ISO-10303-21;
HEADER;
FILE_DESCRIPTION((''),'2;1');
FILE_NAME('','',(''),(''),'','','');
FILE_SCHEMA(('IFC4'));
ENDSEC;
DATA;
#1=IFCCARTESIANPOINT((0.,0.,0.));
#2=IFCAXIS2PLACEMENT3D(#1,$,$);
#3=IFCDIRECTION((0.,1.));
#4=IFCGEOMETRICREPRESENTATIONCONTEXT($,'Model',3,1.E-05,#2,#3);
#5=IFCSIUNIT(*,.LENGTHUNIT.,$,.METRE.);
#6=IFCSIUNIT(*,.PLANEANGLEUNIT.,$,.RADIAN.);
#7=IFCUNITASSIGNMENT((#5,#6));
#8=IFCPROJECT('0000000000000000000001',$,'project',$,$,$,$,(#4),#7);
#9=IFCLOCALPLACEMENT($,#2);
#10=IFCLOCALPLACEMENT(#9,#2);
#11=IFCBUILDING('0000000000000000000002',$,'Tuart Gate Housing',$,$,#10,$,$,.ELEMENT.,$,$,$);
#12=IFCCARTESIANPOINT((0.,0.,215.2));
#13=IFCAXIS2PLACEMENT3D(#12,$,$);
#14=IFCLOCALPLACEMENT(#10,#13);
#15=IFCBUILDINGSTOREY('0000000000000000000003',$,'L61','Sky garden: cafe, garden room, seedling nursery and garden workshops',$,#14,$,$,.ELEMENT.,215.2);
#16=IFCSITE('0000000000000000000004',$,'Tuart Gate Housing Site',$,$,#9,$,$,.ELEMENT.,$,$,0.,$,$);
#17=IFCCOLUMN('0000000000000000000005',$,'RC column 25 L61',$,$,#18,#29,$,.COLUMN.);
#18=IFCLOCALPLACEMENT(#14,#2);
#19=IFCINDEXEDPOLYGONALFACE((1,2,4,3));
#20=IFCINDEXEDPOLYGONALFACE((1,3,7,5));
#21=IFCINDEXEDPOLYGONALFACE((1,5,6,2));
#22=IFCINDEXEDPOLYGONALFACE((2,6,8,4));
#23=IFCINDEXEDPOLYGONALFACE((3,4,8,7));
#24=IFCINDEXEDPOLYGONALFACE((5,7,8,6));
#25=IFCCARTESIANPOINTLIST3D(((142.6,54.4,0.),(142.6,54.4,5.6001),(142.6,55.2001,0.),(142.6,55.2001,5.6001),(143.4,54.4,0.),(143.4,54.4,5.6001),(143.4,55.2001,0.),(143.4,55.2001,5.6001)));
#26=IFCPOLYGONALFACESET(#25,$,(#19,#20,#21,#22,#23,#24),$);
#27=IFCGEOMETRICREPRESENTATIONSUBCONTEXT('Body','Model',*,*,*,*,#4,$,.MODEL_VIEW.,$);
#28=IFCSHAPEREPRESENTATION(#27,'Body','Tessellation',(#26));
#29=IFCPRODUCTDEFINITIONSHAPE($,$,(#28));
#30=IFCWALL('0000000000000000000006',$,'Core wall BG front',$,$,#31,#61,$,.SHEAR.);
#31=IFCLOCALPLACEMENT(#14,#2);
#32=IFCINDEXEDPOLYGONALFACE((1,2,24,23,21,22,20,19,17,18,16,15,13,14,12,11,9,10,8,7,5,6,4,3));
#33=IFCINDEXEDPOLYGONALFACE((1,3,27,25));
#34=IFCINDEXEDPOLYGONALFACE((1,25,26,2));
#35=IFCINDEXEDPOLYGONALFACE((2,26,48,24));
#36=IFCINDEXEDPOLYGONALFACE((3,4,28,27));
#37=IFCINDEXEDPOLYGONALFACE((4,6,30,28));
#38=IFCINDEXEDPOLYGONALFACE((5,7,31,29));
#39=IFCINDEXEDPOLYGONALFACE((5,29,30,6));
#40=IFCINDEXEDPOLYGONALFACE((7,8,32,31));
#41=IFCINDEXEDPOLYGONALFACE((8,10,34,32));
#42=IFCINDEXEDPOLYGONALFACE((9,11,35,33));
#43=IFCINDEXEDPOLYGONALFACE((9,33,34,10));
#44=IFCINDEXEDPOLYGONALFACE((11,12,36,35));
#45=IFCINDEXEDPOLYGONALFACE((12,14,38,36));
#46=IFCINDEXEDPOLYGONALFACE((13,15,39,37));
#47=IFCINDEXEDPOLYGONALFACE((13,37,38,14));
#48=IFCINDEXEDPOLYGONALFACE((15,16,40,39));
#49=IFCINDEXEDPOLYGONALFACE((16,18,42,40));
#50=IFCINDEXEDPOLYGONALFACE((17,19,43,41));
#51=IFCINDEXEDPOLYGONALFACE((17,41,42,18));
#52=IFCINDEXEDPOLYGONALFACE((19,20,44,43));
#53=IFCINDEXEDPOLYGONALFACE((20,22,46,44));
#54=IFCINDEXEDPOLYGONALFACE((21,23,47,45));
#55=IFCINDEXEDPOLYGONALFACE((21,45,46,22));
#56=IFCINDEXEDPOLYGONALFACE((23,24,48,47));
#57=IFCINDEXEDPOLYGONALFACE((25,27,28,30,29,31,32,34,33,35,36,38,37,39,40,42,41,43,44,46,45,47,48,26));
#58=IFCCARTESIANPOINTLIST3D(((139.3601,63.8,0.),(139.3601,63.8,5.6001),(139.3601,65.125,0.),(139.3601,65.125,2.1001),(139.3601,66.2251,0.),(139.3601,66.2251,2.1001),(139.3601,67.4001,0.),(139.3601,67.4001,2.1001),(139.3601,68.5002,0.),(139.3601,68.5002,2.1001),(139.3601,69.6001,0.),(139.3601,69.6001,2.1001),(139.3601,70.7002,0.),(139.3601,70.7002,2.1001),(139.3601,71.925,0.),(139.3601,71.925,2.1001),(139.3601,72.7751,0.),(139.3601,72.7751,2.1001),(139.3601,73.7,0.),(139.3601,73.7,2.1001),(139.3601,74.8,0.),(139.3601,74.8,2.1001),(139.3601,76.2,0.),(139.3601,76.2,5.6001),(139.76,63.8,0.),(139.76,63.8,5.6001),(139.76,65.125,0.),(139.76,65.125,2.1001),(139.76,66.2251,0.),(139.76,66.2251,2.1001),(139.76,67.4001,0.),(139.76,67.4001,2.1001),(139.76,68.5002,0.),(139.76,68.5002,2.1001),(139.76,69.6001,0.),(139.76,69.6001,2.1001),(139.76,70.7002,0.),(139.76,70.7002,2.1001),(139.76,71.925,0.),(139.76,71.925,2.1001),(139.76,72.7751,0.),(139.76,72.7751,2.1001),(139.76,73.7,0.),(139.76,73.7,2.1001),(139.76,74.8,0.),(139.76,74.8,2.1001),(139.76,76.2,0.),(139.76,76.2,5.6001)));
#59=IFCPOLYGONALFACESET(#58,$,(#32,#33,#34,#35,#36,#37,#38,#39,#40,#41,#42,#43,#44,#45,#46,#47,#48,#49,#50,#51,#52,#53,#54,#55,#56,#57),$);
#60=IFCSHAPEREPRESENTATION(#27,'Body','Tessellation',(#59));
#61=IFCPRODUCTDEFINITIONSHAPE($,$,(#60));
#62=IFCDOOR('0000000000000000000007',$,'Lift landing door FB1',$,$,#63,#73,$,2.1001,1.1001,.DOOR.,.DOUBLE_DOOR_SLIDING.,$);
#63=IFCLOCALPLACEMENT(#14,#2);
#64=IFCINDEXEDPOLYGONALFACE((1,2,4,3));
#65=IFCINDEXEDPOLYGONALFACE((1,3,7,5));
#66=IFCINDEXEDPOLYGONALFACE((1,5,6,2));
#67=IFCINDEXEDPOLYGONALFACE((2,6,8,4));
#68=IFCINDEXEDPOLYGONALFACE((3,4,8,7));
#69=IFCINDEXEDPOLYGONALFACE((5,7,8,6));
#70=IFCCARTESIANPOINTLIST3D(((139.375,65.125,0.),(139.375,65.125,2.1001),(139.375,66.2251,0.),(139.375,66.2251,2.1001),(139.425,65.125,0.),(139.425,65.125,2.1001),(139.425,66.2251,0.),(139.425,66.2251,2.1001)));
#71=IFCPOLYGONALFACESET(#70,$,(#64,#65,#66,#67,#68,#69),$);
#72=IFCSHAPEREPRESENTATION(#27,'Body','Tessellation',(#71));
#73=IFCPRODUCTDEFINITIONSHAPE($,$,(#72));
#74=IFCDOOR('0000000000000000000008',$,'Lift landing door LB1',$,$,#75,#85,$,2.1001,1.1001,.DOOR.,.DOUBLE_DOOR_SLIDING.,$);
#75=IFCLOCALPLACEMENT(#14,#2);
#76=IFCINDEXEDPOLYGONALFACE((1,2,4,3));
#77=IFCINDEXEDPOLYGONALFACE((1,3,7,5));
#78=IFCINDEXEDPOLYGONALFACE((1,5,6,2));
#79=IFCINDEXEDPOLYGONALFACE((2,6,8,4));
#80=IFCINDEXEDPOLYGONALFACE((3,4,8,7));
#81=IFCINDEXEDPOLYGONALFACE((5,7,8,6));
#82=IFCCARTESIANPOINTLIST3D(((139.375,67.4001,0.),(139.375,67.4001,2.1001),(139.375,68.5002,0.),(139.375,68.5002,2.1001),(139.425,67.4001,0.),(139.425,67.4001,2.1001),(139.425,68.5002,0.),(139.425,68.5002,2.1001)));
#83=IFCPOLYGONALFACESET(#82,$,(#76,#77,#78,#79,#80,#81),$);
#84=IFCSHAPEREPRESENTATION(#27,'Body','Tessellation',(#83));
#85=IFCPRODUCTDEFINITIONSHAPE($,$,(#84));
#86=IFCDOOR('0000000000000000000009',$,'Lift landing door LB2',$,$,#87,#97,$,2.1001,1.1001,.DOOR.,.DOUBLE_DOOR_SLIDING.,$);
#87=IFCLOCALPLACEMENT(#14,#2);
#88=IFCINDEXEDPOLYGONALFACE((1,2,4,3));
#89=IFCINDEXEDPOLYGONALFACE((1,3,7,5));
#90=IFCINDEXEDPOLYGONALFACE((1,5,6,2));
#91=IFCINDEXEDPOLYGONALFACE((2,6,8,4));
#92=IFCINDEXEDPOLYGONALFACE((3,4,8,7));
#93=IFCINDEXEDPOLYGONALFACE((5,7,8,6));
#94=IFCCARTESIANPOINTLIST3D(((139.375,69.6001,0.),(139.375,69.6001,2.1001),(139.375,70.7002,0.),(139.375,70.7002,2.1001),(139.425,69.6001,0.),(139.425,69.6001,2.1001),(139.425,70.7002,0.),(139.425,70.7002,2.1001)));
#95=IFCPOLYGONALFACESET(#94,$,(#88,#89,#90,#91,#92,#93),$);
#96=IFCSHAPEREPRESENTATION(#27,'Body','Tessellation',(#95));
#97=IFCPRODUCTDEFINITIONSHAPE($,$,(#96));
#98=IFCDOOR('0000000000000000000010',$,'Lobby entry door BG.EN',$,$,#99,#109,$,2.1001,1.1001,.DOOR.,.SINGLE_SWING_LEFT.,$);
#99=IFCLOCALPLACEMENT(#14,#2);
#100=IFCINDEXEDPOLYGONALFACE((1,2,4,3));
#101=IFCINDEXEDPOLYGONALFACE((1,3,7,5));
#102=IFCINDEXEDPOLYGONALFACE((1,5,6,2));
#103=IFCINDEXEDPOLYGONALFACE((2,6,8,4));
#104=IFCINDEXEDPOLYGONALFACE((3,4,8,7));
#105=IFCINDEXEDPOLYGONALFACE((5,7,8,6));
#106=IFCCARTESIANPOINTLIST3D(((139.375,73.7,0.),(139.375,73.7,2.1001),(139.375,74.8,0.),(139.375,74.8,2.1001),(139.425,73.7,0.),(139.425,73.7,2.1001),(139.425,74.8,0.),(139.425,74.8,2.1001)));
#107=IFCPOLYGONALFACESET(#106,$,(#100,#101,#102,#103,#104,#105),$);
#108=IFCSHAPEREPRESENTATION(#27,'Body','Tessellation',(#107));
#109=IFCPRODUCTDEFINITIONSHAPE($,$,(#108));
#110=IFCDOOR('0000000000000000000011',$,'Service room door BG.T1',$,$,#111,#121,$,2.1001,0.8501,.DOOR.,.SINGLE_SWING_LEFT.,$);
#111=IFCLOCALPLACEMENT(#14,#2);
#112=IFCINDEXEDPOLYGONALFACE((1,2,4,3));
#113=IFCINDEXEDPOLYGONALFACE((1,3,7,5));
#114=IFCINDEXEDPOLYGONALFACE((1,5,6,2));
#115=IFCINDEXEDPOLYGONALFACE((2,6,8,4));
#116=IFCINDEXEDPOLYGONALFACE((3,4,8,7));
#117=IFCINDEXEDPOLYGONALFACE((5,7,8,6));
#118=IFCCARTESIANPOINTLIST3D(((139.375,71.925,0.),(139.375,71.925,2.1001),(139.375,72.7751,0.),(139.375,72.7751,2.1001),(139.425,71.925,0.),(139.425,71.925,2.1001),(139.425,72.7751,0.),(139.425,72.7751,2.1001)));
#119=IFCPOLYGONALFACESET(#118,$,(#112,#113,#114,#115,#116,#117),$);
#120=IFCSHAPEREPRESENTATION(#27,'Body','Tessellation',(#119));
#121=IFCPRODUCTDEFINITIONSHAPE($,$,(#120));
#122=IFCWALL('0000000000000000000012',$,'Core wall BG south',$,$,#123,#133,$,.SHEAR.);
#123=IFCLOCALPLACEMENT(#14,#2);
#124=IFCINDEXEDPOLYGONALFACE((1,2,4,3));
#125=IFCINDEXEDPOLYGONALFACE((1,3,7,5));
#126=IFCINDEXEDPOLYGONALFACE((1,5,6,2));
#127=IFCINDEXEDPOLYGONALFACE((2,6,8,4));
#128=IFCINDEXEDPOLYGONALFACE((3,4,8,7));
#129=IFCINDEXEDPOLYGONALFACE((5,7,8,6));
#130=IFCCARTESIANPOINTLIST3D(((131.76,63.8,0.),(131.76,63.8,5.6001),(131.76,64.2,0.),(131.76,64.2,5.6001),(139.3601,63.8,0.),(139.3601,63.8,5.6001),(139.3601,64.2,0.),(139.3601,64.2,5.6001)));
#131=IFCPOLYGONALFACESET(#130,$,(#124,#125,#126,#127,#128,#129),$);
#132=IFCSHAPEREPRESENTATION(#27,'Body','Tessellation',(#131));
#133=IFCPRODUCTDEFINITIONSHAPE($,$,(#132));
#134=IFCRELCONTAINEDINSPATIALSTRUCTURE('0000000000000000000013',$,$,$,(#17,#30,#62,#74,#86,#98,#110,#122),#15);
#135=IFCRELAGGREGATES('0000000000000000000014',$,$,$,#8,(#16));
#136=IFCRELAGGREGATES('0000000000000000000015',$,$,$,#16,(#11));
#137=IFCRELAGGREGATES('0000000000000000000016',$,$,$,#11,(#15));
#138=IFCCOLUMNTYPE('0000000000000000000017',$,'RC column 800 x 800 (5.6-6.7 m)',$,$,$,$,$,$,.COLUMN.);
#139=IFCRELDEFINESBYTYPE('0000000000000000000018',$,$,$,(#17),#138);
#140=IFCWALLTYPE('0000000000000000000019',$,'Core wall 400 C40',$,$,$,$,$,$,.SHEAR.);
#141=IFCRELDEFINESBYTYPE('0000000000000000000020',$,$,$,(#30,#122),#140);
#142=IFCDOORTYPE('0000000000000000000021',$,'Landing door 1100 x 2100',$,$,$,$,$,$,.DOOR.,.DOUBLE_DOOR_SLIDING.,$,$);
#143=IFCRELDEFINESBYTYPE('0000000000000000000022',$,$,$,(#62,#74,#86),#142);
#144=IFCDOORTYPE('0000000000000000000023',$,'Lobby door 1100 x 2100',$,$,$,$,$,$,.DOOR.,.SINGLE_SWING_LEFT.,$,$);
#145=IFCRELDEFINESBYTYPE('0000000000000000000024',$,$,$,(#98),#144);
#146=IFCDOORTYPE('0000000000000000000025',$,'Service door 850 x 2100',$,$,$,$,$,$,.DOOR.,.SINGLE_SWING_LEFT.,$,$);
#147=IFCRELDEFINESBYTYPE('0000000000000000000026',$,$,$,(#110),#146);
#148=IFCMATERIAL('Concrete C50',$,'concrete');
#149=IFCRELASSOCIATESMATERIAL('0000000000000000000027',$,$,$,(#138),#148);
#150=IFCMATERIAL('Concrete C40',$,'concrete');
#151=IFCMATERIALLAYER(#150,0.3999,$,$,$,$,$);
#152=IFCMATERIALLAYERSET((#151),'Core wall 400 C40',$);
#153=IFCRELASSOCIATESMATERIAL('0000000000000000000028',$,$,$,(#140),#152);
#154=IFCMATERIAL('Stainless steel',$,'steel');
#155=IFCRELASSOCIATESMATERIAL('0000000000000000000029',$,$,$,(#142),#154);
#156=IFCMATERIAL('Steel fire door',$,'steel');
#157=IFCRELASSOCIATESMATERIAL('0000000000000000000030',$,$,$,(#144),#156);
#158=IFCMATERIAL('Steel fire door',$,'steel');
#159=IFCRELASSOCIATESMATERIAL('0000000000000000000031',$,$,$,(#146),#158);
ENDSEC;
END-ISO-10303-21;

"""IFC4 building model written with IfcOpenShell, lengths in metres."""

from ifc_helpers import new_model, si_unit, direction, frame, frame_2d, origin, origin_2d, place, context, subcontext, project, spatial, rectangle, extrude, material, layer, layer_set, material_profile, profile_set, type_object, element, fill, save


model = new_model("IFC4")

# Units and contexts
model_context = context("Model", 3, precision=1e-05, world=origin(), true_north=direction((0.0, 1.0)))
body_context = subcontext(model_context, "Body", "Model", "MODEL_VIEW")
ifc_project = project(units=[si_unit("LENGTHUNIT", "METRE"), si_unit("PLANEANGLEUNIT", "RADIAN")], contexts=[model_context])

# Site, building, storey
site_placement = place(None, origin())
site = spatial("IfcSite", under=ifc_project, at=site_placement, Name="Tuart Gate Housing Site", CompositionType="ELEMENT", RefElevation=0.0)
building_placement = place(site_placement, origin())
building = spatial("IfcBuilding", under=site, at=building_placement, Name="Tuart Gate Housing", CompositionType="ELEMENT")
storey_placement = place(building_placement, frame((0.0, 0.0, 215.2)))
storey = spatial("IfcBuildingStorey", under=building, at=storey_placement, Name="L61", Description="Sky garden: cafe, garden room, seedling nursery and garden workshops", CompositionType="ELEMENT", Elevation=215.2)

# Column
ifc_material_1 = material(Name="Concrete C50", Category="concrete")
ifc_material_profile = material_profile(ifc_material_1, rectangle(XDim=0.8, YDim=0.8, at=origin_2d()), Name="RC column 800 x 800 (5.6-6.7 m)")
ifc_profile_set = profile_set([ifc_material_profile], Name="Concrete C50")
column_type = type_object("IfcColumnType", Name="RC column 800 x 800 (5.6-6.7 m)", PredefinedType="COLUMN", material=ifc_profile_set)
column_placement = place(storey_placement, frame((143.0, 54.8, 0.0), z_axis=(0.0, 0.0, 1.0), x_axis=(1.0, 0.0, 0.0)))
element("IfcColumn", 1, at=column_placement, inside=storey, type_object=column_type, Name="RC column 25 L61", PredefinedType="COLUMN", context=body_context, shape_type="SweptSolid", body=[
    extrude(rectangle(XDim=0.8, YDim=0.8, at=origin_2d()), origin(), (0.0, 0.0, 1.0), 5.6001),
])

# Wall, openings, doors
ifc_material_2 = material(Name="Concrete C40", Category="concrete")
ifc_layer_1 = layer(ifc_material_2, 0.3999)
ifc_layer_set_1 = layer_set([ifc_layer_1], Name="Core wall 400 C40")
wall_type_1 = type_object("IfcWallType", Name="Core wall 400 C40", PredefinedType="SHEAR", material=ifc_layer_set_1)
wall_1_placement = place(storey_placement, frame((139.5601, 63.8, 0.0), z_axis=(0.0, 0.0, 1.0), x_axis=(0.0, 1.0, 0.0)))
wall_1 = element("IfcWall", 2, at=wall_1_placement, inside=storey, type_object=wall_type_1, Name="Core wall BG front", PredefinedType="SHEAR", context=body_context, shape_type="SweptSolid", body=[
    extrude(rectangle(XDim=12.3999, YDim=0.3999, at=frame_2d((6.2, 0.0))), origin(), (0.0, 0.0, 1.0), 5.6001),
])
opening_1_placement = place(wall_1_placement, frame((1.325, 0.0, 0.0)))
opening_1 = element("IfcOpeningElement", 3, at=opening_1_placement, cuts=wall_1, PredefinedType="OPENING", context=body_context, shape_type="SweptSolid", body=[
    extrude(rectangle(XDim=1.1001, YDim=2.1001, at=frame_2d((0.55, 1.05))), frame((0.0, 0.21, 0.0), z_axis=(0.0, -1.0, 0.0), x_axis=(1.0, 0.0, 0.0)), (0.0, 0.0, 1.0), 0.4199),
])
opening_2_placement = place(wall_1_placement, frame((3.6001, 0.0, 0.0)))
opening_2 = element("IfcOpeningElement", 4, at=opening_2_placement, cuts=wall_1, PredefinedType="OPENING", context=body_context, shape_type="SweptSolid", body=[
    extrude(rectangle(XDim=1.1001, YDim=2.1001, at=frame_2d((0.55, 1.05))), frame((0.0, 0.21, 0.0), z_axis=(0.0, -1.0, 0.0), x_axis=(1.0, 0.0, 0.0)), (0.0, 0.0, 1.0), 0.4199),
])
opening_3_placement = place(wall_1_placement, frame((5.8, 0.0, 0.0)))
opening_3 = element("IfcOpeningElement", 5, at=opening_3_placement, cuts=wall_1, PredefinedType="OPENING", context=body_context, shape_type="SweptSolid", body=[
    extrude(rectangle(XDim=1.1001, YDim=2.1001, at=frame_2d((0.55, 1.05))), frame((0.0, 0.21, 0.0), z_axis=(0.0, -1.0, 0.0), x_axis=(1.0, 0.0, 0.0)), (0.0, 0.0, 1.0), 0.4199),
])
opening_4_placement = place(wall_1_placement, frame((9.8999, 0.0, 0.0)))
opening_4 = element("IfcOpeningElement", 6, at=opening_4_placement, cuts=wall_1, PredefinedType="OPENING", context=body_context, shape_type="SweptSolid", body=[
    extrude(rectangle(XDim=1.1001, YDim=2.1001, at=frame_2d((0.55, 1.05))), frame((0.0, 0.21, 0.0), z_axis=(0.0, -1.0, 0.0), x_axis=(1.0, 0.0, 0.0)), (0.0, 0.0, 1.0), 0.4199),
])
opening_5_placement = place(wall_1_placement, frame((8.125, 0.0, 0.0)))
opening_5 = element("IfcOpeningElement", 7, at=opening_5_placement, cuts=wall_1, PredefinedType="OPENING", context=body_context, shape_type="SweptSolid", body=[
    extrude(rectangle(XDim=0.8501, YDim=2.1001, at=frame_2d((0.425, 1.05))), frame((0.0, 0.21, 0.0), z_axis=(0.0, -1.0, 0.0), x_axis=(1.0, 0.0, 0.0)), (0.0, 0.0, 1.0), 0.4199),
])
ifc_material_3 = material(Name="Stainless steel", Category="steel")
door_type_1 = type_object("IfcDoorType", Name="Landing door 1100 x 2100", OperationType="DOUBLE_DOOR_SLIDING", PredefinedType="DOOR", material=ifc_material_3)
door_1_placement = place(opening_1_placement, origin())
door_1 = element("IfcDoor", 8, at=door_1_placement, inside=storey, type_object=door_type_1, Name="Lift landing door FB1", OperationType="DOUBLE_DOOR_SLIDING", OverallHeight=2.1001, OverallWidth=1.1001, PredefinedType="DOOR", context=body_context, shape_type="SweptSolid", body=[
    extrude(rectangle(XDim=1.1001, YDim=2.1001, at=frame_2d((0.55, 1.05))), frame((0.0, 0.1851, 0.0), z_axis=(0.0, -1.0, 0.0), x_axis=(1.0, 0.0, 0.0)), (0.0, 0.0, 1.0), 0.05),
])
fill(opening_1, door_1)
door_2_placement = place(opening_2_placement, origin())
door_2 = element("IfcDoor", 9, at=door_2_placement, inside=storey, type_object=door_type_1, Name="Lift landing door LB1", OperationType="DOUBLE_DOOR_SLIDING", OverallHeight=2.1001, OverallWidth=1.1001, PredefinedType="DOOR", context=body_context, shape_type="SweptSolid", body=[
    extrude(rectangle(XDim=1.1001, YDim=2.1001, at=frame_2d((0.55, 1.05))), frame((0.0, 0.1851, 0.0), z_axis=(0.0, -1.0, 0.0), x_axis=(1.0, 0.0, 0.0)), (0.0, 0.0, 1.0), 0.05),
])
fill(opening_2, door_2)
door_3_placement = place(opening_3_placement, origin())
door_3 = element("IfcDoor", 10, at=door_3_placement, inside=storey, type_object=door_type_1, Name="Lift landing door LB2", OperationType="DOUBLE_DOOR_SLIDING", OverallHeight=2.1001, OverallWidth=1.1001, PredefinedType="DOOR", context=body_context, shape_type="SweptSolid", body=[
    extrude(rectangle(XDim=1.1001, YDim=2.1001, at=frame_2d((0.55, 1.05))), frame((0.0, 0.1851, 0.0), z_axis=(0.0, -1.0, 0.0), x_axis=(1.0, 0.0, 0.0)), (0.0, 0.0, 1.0), 0.05),
])
fill(opening_3, door_3)
ifc_material_4 = material(Name="Steel fire door", Category="steel")
door_type_2 = type_object("IfcDoorType", Name="Lobby door 1100 x 2100", OperationType="SINGLE_SWING_LEFT", PredefinedType="DOOR", material=ifc_material_4)
door_4_placement = place(opening_4_placement, origin())
door_4 = element("IfcDoor", 11, at=door_4_placement, inside=storey, type_object=door_type_2, Name="Lobby entry door BG.EN", OperationType="SINGLE_SWING_LEFT", OverallHeight=2.1001, OverallWidth=1.1001, PredefinedType="DOOR", context=body_context, shape_type="SweptSolid", body=[
    extrude(rectangle(XDim=1.1001, YDim=2.1001, at=frame_2d((0.55, 1.05))), frame((0.0, 0.1851, 0.0), z_axis=(0.0, -1.0, 0.0), x_axis=(1.0, 0.0, 0.0)), (0.0, 0.0, 1.0), 0.05),
])
fill(opening_4, door_4)
ifc_material_5 = material(Name="Steel fire door", Category="steel")
door_type_3 = type_object("IfcDoorType", Name="Service door 850 x 2100", OperationType="SINGLE_SWING_LEFT", PredefinedType="DOOR", material=ifc_material_5)
door_5_placement = place(opening_5_placement, origin())
door_5 = element("IfcDoor", 12, at=door_5_placement, inside=storey, type_object=door_type_3, Name="Service room door BG.T1", OperationType="SINGLE_SWING_LEFT", OverallHeight=2.1001, OverallWidth=0.8501, PredefinedType="DOOR", context=body_context, shape_type="SweptSolid", body=[
    extrude(rectangle(XDim=0.8501, YDim=2.1001, at=frame_2d((0.425, 1.05))), frame((0.0, 0.1851, 0.0), z_axis=(0.0, -1.0, 0.0), x_axis=(1.0, 0.0, 0.0)), (0.0, 0.0, 1.0), 0.05),
])
fill(opening_5, door_5)

# Wall
wall_2_placement = place(storey_placement, frame((139.3601, 64.0, 0.0), z_axis=(0.0, 0.0, 1.0), x_axis=(-1.0, 0.0, 0.0)))
element("IfcWall", 13, at=wall_2_placement, inside=storey, type_object=wall_type_1, Name="Core wall BG south", PredefinedType="SHEAR", context=body_context, shape_type="SweptSolid", body=[
    extrude(rectangle(XDim=7.6001, YDim=0.3999, at=frame_2d((3.8, 0.0))), origin(), (0.0, 0.0, 1.0), 5.6001),
])

save(model, "model.ifc")
